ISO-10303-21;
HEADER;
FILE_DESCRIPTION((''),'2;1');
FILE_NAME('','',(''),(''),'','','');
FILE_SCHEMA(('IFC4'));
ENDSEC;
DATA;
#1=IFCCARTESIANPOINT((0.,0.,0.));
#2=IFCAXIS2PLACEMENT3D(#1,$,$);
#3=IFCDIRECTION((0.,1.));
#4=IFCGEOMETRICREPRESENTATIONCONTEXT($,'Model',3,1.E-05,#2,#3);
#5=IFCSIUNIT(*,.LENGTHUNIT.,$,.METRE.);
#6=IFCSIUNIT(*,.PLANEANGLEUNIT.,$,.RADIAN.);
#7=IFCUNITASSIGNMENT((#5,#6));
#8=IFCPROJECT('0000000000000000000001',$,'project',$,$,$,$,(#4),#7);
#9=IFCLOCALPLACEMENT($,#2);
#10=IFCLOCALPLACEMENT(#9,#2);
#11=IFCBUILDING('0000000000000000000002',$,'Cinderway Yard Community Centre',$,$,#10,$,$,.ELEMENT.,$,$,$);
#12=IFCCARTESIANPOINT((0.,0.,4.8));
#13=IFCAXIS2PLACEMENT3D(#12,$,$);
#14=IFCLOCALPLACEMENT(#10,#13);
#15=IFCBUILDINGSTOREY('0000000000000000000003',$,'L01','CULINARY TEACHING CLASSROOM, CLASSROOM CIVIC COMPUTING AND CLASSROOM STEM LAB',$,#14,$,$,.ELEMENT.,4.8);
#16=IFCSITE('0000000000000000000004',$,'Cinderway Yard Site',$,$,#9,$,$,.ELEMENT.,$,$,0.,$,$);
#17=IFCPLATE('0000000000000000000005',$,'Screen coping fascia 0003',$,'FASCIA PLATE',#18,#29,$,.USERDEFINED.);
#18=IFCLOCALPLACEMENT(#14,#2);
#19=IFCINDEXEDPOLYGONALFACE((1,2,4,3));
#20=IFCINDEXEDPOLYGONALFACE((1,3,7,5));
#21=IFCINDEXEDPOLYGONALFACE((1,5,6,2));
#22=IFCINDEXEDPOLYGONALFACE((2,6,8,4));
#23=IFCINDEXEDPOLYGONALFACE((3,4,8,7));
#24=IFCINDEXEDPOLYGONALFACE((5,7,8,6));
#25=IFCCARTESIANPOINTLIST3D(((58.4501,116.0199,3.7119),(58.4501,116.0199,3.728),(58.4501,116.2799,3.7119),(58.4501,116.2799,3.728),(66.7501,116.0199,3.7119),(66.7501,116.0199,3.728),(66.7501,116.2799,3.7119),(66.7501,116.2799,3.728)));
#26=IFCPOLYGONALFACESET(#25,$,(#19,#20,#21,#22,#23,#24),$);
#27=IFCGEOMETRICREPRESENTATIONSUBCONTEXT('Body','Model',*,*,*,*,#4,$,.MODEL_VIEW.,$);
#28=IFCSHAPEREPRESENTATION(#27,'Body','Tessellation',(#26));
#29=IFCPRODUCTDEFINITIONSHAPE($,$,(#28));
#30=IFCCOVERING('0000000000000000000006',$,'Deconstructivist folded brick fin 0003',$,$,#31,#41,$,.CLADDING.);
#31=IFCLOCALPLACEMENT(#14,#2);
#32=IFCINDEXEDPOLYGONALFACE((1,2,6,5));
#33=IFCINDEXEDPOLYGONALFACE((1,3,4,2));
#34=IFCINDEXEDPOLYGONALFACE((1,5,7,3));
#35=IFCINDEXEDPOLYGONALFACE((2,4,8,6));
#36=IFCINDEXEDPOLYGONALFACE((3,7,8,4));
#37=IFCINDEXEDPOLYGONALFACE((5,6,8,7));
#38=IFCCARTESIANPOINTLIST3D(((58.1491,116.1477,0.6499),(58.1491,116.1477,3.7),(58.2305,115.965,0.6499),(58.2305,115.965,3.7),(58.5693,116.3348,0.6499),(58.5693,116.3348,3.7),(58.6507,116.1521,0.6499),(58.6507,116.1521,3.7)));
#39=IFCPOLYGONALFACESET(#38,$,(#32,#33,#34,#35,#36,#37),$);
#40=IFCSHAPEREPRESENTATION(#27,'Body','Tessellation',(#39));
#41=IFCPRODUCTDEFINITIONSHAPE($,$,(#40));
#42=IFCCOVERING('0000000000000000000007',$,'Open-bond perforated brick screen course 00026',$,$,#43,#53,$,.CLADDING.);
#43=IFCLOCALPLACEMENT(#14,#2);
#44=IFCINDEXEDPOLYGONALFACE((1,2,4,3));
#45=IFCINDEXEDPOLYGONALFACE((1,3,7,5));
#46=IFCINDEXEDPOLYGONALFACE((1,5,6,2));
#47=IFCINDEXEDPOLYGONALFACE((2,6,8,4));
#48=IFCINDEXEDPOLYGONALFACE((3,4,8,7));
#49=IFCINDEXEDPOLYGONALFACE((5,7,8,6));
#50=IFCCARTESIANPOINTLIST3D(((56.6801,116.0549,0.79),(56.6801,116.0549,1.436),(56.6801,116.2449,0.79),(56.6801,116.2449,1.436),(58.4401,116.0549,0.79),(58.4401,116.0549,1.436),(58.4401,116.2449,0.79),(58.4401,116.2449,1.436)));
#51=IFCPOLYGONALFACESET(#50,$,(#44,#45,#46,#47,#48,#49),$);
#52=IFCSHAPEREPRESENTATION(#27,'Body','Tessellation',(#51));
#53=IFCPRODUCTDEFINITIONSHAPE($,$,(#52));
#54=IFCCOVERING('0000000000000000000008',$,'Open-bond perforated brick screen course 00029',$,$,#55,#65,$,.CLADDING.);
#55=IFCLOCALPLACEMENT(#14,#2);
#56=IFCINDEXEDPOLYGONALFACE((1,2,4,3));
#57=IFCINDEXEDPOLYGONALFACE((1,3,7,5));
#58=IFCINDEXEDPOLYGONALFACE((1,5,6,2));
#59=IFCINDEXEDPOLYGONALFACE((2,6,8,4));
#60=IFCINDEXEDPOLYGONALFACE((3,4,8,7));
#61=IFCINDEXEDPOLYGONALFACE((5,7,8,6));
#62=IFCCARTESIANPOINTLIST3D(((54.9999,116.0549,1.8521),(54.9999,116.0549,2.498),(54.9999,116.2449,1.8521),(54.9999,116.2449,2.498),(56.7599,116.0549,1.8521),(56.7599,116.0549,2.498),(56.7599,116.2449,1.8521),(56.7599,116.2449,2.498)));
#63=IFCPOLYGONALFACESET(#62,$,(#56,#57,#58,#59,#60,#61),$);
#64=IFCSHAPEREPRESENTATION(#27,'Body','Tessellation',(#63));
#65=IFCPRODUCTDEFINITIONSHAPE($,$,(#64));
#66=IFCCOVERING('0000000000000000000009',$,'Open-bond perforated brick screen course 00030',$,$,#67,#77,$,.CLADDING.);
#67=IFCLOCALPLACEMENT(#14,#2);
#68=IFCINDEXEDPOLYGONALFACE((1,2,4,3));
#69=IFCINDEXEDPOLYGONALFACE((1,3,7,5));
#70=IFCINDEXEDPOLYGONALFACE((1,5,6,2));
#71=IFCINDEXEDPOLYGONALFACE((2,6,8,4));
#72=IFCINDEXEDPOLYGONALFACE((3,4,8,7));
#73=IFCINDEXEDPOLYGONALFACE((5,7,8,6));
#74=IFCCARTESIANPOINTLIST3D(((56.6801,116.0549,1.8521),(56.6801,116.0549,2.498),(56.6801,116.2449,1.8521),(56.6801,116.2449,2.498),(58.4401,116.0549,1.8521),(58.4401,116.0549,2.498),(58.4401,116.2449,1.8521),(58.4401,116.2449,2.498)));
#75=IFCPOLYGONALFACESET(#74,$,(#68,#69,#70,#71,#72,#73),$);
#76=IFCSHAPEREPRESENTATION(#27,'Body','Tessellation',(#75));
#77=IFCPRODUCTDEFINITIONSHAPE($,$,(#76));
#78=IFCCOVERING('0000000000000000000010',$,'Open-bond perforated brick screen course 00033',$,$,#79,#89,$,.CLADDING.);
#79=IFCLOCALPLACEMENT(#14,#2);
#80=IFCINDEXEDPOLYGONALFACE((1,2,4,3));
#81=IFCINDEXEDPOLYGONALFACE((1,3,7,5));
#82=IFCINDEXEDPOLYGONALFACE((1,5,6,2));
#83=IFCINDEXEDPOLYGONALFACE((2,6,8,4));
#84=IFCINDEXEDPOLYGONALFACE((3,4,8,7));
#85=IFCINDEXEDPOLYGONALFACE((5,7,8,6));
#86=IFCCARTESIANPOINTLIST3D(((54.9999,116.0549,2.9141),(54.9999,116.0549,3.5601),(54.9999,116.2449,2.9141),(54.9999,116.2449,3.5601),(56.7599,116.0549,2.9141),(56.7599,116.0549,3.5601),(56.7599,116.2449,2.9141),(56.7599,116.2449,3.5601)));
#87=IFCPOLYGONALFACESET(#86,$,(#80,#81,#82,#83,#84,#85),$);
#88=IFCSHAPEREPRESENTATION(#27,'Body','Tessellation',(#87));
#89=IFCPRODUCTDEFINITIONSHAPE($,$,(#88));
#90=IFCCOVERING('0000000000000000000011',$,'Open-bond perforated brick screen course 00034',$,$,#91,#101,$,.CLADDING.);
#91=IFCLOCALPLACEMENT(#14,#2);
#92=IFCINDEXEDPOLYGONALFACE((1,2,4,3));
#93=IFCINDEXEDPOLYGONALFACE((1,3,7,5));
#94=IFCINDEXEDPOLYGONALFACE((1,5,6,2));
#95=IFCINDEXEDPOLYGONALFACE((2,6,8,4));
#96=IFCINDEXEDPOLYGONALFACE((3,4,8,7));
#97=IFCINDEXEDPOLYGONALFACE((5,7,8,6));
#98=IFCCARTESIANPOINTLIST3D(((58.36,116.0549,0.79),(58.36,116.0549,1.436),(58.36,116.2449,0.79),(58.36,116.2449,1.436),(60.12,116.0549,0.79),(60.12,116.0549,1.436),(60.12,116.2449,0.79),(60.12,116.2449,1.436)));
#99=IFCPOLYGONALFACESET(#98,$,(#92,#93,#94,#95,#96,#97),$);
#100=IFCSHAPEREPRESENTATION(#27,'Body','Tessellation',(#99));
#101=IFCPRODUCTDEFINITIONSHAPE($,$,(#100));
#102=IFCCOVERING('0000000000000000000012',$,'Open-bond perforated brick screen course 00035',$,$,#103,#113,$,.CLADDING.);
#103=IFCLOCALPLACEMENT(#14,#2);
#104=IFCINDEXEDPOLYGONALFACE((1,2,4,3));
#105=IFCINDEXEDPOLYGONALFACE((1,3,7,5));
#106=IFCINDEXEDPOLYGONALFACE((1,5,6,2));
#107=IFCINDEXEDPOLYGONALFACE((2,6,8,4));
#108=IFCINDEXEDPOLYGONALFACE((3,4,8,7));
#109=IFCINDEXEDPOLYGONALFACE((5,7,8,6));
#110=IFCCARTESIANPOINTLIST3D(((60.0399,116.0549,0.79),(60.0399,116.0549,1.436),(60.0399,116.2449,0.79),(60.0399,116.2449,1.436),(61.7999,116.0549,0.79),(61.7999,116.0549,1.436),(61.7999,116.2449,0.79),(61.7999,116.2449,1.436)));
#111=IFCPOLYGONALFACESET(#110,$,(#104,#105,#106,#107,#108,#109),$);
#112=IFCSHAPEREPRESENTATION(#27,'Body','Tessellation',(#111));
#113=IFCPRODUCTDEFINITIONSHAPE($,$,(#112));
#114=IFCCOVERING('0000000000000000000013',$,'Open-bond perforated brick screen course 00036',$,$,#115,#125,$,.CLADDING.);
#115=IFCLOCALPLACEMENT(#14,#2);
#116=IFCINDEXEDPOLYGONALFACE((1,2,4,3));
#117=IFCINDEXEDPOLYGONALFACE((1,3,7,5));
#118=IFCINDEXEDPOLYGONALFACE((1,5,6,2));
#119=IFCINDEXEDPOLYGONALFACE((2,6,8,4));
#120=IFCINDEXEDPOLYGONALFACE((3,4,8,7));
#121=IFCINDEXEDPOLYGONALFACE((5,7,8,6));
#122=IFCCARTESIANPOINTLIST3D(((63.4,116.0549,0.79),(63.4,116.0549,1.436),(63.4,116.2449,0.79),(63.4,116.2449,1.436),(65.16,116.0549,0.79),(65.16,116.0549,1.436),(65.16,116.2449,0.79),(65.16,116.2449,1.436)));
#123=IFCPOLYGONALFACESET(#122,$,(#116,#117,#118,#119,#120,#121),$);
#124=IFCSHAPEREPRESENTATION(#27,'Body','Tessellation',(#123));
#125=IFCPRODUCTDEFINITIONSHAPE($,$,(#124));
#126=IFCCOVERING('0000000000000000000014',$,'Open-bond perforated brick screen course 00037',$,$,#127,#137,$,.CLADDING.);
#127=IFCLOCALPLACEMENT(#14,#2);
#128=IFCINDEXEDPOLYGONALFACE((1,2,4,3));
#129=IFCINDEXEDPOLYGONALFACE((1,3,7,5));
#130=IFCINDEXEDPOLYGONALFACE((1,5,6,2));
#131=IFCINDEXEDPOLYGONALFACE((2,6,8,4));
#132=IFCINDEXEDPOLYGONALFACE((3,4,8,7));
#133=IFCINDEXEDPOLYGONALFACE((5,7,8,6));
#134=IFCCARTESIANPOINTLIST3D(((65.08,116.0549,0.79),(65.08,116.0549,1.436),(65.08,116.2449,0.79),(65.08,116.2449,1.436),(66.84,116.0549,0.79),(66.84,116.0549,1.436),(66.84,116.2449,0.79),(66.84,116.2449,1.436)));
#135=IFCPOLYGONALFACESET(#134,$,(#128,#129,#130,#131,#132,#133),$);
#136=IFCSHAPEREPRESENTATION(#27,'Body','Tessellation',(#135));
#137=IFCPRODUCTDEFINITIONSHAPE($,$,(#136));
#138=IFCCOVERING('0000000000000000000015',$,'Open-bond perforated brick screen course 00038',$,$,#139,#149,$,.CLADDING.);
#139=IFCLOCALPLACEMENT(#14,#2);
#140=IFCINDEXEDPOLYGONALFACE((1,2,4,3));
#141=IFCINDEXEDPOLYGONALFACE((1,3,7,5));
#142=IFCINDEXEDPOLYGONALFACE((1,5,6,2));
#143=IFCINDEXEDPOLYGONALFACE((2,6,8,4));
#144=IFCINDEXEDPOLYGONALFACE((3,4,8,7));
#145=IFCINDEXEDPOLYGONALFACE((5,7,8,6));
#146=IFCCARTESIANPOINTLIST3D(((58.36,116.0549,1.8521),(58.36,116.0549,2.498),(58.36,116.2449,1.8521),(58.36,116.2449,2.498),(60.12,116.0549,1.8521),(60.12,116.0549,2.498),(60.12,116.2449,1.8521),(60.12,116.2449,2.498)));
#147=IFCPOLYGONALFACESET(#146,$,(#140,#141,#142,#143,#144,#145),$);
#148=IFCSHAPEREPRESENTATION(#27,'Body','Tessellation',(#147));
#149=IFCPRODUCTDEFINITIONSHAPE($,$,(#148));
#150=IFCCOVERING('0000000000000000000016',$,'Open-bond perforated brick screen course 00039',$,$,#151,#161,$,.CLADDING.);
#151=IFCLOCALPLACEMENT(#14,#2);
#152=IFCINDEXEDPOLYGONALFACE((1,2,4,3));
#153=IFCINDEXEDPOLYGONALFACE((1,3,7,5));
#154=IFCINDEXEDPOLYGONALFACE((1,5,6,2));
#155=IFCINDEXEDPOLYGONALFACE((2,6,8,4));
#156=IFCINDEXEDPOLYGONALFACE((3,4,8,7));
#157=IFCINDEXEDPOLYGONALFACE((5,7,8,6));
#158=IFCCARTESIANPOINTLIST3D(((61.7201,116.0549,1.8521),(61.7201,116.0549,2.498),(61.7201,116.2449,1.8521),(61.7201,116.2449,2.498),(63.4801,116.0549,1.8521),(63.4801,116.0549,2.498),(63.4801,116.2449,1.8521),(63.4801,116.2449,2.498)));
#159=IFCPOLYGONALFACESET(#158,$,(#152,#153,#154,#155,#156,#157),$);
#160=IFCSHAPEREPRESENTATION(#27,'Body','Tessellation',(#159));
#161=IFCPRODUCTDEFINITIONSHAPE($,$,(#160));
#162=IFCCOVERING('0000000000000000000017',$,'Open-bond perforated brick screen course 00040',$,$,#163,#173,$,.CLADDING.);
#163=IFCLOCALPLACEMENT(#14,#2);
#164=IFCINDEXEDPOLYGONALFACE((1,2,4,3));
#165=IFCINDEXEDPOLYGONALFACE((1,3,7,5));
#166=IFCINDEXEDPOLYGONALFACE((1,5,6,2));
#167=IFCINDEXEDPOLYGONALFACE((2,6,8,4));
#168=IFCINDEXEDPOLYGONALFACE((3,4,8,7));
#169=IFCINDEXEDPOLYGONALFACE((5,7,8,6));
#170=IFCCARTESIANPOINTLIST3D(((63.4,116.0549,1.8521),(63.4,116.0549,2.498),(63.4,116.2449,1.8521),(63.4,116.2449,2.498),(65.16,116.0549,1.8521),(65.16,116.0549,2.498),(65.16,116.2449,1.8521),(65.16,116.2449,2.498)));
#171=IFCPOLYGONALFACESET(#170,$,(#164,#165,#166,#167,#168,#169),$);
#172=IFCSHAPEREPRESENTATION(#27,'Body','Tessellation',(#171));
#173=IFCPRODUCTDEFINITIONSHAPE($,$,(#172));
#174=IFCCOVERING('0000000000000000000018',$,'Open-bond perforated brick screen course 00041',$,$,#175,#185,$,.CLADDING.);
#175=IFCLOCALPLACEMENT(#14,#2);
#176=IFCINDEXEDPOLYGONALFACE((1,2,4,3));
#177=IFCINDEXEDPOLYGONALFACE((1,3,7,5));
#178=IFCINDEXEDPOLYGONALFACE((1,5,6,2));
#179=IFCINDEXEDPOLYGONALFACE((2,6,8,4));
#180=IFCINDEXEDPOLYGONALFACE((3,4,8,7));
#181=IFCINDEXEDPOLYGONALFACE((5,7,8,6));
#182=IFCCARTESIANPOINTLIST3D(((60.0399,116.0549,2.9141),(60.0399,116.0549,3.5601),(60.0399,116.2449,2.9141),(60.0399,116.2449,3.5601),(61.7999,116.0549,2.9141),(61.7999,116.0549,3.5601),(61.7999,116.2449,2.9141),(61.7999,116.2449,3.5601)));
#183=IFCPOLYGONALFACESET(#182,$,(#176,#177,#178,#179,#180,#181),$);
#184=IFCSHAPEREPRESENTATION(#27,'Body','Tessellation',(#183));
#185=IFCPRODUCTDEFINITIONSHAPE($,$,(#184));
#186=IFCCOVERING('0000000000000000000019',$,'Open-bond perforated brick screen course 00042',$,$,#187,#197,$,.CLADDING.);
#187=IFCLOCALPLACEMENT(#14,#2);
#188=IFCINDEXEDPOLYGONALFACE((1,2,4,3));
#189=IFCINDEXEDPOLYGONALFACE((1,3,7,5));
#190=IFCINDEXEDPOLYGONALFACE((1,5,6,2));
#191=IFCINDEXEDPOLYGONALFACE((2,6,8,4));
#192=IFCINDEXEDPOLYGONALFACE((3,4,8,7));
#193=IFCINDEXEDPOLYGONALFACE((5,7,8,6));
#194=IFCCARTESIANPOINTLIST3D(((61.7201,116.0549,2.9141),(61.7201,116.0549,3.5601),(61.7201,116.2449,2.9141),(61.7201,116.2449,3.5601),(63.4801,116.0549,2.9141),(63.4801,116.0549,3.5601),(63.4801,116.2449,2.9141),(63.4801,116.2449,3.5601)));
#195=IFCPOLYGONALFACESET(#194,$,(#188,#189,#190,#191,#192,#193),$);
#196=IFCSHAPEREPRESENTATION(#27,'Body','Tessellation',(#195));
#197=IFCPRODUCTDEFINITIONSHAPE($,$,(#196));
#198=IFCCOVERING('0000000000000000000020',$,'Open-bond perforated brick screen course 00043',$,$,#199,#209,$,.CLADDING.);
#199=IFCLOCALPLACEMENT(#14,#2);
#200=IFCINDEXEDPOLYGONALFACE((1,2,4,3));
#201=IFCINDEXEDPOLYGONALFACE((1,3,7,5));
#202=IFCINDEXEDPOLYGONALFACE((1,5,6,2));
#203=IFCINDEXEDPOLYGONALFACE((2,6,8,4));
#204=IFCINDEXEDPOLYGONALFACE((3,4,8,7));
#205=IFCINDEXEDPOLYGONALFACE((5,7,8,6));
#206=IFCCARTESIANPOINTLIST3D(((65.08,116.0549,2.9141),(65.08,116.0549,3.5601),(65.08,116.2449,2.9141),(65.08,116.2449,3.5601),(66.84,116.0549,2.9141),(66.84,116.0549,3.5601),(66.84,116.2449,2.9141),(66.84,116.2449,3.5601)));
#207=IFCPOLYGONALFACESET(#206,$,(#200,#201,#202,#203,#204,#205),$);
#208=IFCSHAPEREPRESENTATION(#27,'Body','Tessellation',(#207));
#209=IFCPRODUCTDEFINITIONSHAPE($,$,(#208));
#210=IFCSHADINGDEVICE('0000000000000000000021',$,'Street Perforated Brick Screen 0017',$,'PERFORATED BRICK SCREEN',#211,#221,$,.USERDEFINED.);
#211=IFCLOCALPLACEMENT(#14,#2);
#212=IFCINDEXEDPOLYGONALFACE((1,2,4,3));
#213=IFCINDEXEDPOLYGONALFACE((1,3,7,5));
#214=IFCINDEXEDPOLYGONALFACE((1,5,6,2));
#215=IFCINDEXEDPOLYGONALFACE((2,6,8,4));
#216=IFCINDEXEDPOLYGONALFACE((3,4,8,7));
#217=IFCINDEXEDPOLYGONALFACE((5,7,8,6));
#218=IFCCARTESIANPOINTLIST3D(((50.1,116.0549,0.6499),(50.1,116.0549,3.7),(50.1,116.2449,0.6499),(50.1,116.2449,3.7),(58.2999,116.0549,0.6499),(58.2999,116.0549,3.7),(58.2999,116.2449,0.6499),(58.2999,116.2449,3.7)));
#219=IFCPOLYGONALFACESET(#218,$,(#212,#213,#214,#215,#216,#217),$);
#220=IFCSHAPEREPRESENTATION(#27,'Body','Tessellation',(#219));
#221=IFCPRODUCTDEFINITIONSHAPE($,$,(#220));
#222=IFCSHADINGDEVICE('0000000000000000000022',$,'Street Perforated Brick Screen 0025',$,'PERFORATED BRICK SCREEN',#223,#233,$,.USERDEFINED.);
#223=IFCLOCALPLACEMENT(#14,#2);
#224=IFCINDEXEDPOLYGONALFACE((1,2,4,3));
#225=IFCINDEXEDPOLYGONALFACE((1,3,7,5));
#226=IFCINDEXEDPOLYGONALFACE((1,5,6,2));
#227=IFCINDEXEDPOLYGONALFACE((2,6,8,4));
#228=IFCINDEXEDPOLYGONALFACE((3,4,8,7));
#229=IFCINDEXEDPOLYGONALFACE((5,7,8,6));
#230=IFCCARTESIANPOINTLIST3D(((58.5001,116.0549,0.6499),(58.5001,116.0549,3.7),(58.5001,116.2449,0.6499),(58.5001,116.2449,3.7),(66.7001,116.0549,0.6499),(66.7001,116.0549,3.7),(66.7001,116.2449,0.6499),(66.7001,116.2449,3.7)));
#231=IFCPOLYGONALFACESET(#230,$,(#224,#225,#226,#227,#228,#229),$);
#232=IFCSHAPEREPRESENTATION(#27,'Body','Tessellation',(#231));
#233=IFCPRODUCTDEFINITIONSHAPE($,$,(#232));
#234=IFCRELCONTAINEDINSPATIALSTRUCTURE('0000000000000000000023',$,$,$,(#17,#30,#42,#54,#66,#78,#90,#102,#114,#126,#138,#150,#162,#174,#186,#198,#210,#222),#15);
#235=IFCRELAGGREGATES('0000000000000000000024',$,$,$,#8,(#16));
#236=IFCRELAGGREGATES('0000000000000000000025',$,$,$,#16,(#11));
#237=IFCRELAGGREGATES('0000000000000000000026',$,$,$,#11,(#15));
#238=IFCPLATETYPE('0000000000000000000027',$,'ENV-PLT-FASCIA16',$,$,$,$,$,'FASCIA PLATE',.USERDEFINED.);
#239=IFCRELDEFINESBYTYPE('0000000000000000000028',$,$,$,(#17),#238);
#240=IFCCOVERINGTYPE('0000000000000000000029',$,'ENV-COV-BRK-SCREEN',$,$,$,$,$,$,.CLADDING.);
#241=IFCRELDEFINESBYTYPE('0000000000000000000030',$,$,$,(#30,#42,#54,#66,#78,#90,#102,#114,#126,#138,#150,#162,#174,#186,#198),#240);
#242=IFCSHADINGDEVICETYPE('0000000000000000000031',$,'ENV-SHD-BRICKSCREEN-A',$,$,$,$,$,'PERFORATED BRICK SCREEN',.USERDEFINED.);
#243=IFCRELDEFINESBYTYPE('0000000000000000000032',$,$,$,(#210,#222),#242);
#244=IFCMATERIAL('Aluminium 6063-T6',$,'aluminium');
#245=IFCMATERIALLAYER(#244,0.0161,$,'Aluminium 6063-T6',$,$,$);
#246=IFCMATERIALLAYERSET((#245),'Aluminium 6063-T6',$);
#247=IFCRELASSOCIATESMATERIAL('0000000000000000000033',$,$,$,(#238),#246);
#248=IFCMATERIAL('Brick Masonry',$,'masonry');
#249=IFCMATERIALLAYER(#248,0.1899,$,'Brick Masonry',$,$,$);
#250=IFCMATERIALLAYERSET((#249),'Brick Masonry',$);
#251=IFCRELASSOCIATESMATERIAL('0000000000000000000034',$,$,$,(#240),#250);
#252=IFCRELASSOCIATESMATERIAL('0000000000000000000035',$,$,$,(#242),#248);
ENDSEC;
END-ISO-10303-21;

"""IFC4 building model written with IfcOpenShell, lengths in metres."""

from ifc_helpers import new_model, si_unit, direction, frame, origin, origin_2d, place, context, subcontext, project, spatial, rectangle, extrude, material, layer, layer_set, type_object, element, save


model = new_model("IFC4")

# Units and contexts
model_context = context("Model", 3, precision=1e-05, world=origin(), true_north=direction((0.0, 1.0)))
body_context = subcontext(model_context, "Body", "Model", "MODEL_VIEW")
ifc_project = project(units=[si_unit("LENGTHUNIT", "METRE"), si_unit("PLANEANGLEUNIT", "RADIAN")], contexts=[model_context])

# Site, building, storey
site_placement = place(None, origin())
site = spatial("IfcSite", under=ifc_project, at=site_placement, Name="Cinderway Yard Site", CompositionType="ELEMENT", RefElevation=0.0)
building_placement = place(site_placement, origin())
building = spatial("IfcBuilding", under=site, at=building_placement, Name="Cinderway Yard Community Centre", CompositionType="ELEMENT")
storey_placement = place(building_placement, frame((0.0, 0.0, 4.8)))
storey = spatial("IfcBuildingStorey", under=building, at=storey_placement, Name="L01", Description="CULINARY TEACHING CLASSROOM, CLASSROOM CIVIC COMPUTING AND CLASSROOM STEM LAB", CompositionType="ELEMENT", Elevation=4.8)

# Plate
ifc_material_1 = material(Name="Aluminium 6063-T6", Category="aluminium")
ifc_layer_1 = layer(ifc_material_1, 0.0161, Name="Aluminium 6063-T6")
ifc_layer_set_1 = layer_set([ifc_layer_1], Name="Aluminium 6063-T6")
plate_type = type_object("IfcPlateType", Name="ENV-PLT-FASCIA16", ElementType="FASCIA PLATE", PredefinedType="USERDEFINED", material=ifc_layer_set_1)
for number, where, z_axis, x_axis, name in (
    (1, (62.6001, 116.1499, 3.7119), (0.0, 0.0, 1.0), (1.0, 0.0, 0.0), "Screen coping fascia 0003"),
):
    element("IfcPlate", number, at=place(storey_placement, frame(where, z_axis=z_axis, x_axis=x_axis)), inside=storey, type_object=plate_type, Name=name, ObjectType="FASCIA PLATE", PredefinedType="USERDEFINED", context=body_context, shape_type="SweptSolid", body=[
        extrude(rectangle(XDim=8.3, YDim=0.26, at=origin_2d()), origin(), (0.0, 0.0, 1.0), 0.0161),
    ])

# Coverings
ifc_material_2 = material(Name="Brick Masonry", Category="masonry")
ifc_layer_2 = layer(ifc_material_2, 0.1899, Name="Brick Masonry")
ifc_layer_set_2 = layer_set([ifc_layer_2], Name="Brick Masonry")
covering_type = type_object("IfcCoveringType", Name="ENV-COV-BRK-SCREEN", PredefinedType="CLADDING", material=ifc_layer_set_2)
covering_placement = place(storey_placement, frame((58.3999, 116.1499, 0.6499), z_axis=(0.0, 0.0, 1.0), x_axis=(0.913545, 0.406737, 0.0)))
element("IfcCovering", 2, at=covering_placement, inside=storey, type_object=covering_type, Name="Deconstructivist folded brick fin 0003", PredefinedType="CLADDING", context=body_context, shape_type="SweptSolid", body=[
    extrude(rectangle(XDim=0.46, YDim=0.2, at=origin_2d()), origin(), (0.0, 0.0, 1.0), 3.05),
])
for number, where, z_axis, x_axis, name in (
    (3, (57.5601, 116.1499, 0.79), (0.0, 0.0, 1.0), (1.0, 0.0, 0.0), "Open-bond perforated brick screen course 00026"),
    (4, (55.8799, 116.1499, 1.8521), (0.0, 0.0, 1.0), (1.0, 0.0, 0.0), "Open-bond perforated brick screen course 00029"),
    (5, (57.5601, 116.1499, 1.8521), (0.0, 0.0, 1.0), (1.0, 0.0, 0.0), "Open-bond perforated brick screen course 00030"),
    (6, (55.8799, 116.1499, 2.9141), (0.0, 0.0, 1.0), (1.0, 0.0, 0.0), "Open-bond perforated brick screen course 00033"),
    (7, (59.24, 116.1499, 0.79), (0.0, 0.0, 1.0), (1.0, 0.0, 0.0), "Open-bond perforated brick screen course 00034"),
    (8, (60.9199, 116.1499, 0.79), (0.0, 0.0, 1.0), (1.0, 0.0, 0.0), "Open-bond perforated brick screen course 00035"),
    (9, (64.28, 116.1499, 0.79), (0.0, 0.0, 1.0), (1.0, 0.0, 0.0), "Open-bond perforated brick screen course 00036"),
    (10, (65.96, 116.1499, 0.79), (0.0, 0.0, 1.0), (1.0, 0.0, 0.0), "Open-bond perforated brick screen course 00037"),
    (11, (59.24, 116.1499, 1.8521), (0.0, 0.0, 1.0), (1.0, 0.0, 0.0), "Open-bond perforated brick screen course 00038"),
    (12, (62.6001, 116.1499, 1.8521), (0.0, 0.0, 1.0), (1.0, 0.0, 0.0), "Open-bond perforated brick screen course 00039"),
    (13, (64.28, 116.1499, 1.8521), (0.0, 0.0, 1.0), (1.0, 0.0, 0.0), "Open-bond perforated brick screen course 00040"),
    (14, (60.9199, 116.1499, 2.9141), (0.0, 0.0, 1.0), (1.0, 0.0, 0.0), "Open-bond perforated brick screen course 00041"),
    (15, (62.6001, 116.1499, 2.9141), (0.0, 0.0, 1.0), (1.0, 0.0, 0.0), "Open-bond perforated brick screen course 00042"),
    (16, (65.96, 116.1499, 2.9141), (0.0, 0.0, 1.0), (1.0, 0.0, 0.0), "Open-bond perforated brick screen course 00043"),
):
    element("IfcCovering", number, at=place(storey_placement, frame(where, z_axis=z_axis, x_axis=x_axis)), inside=storey, type_object=covering_type, Name=name, PredefinedType="CLADDING", context=body_context, shape_type="SweptSolid", body=[
        extrude(rectangle(XDim=1.76, YDim=0.1899, at=origin_2d()), origin(), (0.0, 0.0, 1.0), 0.646),
    ])

# Shading devices
shading_device_type = type_object("IfcShadingDeviceType", Name="ENV-SHD-BRICKSCREEN-A", ElementType="PERFORATED BRICK SCREEN", PredefinedType="USERDEFINED", material=ifc_material_2)
for number, where, z_axis, x_axis, name in (
    (17, (54.2, 116.1499, 0.6499), (0.0, 0.0, 1.0), (1.0, 0.0, 0.0), "Street Perforated Brick Screen 0017"),
    (18, (62.6001, 116.1499, 0.6499), (0.0, 0.0, 1.0), (1.0, 0.0, 0.0), "Street Perforated Brick Screen 0025"),
):
    element("IfcShadingDevice", number, at=place(storey_placement, frame(where, z_axis=z_axis, x_axis=x_axis)), inside=storey, type_object=shading_device_type, Name=name, ObjectType="PERFORATED BRICK SCREEN", PredefinedType="USERDEFINED", context=body_context, shape_type="SweptSolid", body=[
        extrude(rectangle(XDim=8.2, YDim=0.1899, at=origin_2d()), origin(), (0.0, 0.0, 1.0), 3.05),
    ])

save(model, "model.ifc")
